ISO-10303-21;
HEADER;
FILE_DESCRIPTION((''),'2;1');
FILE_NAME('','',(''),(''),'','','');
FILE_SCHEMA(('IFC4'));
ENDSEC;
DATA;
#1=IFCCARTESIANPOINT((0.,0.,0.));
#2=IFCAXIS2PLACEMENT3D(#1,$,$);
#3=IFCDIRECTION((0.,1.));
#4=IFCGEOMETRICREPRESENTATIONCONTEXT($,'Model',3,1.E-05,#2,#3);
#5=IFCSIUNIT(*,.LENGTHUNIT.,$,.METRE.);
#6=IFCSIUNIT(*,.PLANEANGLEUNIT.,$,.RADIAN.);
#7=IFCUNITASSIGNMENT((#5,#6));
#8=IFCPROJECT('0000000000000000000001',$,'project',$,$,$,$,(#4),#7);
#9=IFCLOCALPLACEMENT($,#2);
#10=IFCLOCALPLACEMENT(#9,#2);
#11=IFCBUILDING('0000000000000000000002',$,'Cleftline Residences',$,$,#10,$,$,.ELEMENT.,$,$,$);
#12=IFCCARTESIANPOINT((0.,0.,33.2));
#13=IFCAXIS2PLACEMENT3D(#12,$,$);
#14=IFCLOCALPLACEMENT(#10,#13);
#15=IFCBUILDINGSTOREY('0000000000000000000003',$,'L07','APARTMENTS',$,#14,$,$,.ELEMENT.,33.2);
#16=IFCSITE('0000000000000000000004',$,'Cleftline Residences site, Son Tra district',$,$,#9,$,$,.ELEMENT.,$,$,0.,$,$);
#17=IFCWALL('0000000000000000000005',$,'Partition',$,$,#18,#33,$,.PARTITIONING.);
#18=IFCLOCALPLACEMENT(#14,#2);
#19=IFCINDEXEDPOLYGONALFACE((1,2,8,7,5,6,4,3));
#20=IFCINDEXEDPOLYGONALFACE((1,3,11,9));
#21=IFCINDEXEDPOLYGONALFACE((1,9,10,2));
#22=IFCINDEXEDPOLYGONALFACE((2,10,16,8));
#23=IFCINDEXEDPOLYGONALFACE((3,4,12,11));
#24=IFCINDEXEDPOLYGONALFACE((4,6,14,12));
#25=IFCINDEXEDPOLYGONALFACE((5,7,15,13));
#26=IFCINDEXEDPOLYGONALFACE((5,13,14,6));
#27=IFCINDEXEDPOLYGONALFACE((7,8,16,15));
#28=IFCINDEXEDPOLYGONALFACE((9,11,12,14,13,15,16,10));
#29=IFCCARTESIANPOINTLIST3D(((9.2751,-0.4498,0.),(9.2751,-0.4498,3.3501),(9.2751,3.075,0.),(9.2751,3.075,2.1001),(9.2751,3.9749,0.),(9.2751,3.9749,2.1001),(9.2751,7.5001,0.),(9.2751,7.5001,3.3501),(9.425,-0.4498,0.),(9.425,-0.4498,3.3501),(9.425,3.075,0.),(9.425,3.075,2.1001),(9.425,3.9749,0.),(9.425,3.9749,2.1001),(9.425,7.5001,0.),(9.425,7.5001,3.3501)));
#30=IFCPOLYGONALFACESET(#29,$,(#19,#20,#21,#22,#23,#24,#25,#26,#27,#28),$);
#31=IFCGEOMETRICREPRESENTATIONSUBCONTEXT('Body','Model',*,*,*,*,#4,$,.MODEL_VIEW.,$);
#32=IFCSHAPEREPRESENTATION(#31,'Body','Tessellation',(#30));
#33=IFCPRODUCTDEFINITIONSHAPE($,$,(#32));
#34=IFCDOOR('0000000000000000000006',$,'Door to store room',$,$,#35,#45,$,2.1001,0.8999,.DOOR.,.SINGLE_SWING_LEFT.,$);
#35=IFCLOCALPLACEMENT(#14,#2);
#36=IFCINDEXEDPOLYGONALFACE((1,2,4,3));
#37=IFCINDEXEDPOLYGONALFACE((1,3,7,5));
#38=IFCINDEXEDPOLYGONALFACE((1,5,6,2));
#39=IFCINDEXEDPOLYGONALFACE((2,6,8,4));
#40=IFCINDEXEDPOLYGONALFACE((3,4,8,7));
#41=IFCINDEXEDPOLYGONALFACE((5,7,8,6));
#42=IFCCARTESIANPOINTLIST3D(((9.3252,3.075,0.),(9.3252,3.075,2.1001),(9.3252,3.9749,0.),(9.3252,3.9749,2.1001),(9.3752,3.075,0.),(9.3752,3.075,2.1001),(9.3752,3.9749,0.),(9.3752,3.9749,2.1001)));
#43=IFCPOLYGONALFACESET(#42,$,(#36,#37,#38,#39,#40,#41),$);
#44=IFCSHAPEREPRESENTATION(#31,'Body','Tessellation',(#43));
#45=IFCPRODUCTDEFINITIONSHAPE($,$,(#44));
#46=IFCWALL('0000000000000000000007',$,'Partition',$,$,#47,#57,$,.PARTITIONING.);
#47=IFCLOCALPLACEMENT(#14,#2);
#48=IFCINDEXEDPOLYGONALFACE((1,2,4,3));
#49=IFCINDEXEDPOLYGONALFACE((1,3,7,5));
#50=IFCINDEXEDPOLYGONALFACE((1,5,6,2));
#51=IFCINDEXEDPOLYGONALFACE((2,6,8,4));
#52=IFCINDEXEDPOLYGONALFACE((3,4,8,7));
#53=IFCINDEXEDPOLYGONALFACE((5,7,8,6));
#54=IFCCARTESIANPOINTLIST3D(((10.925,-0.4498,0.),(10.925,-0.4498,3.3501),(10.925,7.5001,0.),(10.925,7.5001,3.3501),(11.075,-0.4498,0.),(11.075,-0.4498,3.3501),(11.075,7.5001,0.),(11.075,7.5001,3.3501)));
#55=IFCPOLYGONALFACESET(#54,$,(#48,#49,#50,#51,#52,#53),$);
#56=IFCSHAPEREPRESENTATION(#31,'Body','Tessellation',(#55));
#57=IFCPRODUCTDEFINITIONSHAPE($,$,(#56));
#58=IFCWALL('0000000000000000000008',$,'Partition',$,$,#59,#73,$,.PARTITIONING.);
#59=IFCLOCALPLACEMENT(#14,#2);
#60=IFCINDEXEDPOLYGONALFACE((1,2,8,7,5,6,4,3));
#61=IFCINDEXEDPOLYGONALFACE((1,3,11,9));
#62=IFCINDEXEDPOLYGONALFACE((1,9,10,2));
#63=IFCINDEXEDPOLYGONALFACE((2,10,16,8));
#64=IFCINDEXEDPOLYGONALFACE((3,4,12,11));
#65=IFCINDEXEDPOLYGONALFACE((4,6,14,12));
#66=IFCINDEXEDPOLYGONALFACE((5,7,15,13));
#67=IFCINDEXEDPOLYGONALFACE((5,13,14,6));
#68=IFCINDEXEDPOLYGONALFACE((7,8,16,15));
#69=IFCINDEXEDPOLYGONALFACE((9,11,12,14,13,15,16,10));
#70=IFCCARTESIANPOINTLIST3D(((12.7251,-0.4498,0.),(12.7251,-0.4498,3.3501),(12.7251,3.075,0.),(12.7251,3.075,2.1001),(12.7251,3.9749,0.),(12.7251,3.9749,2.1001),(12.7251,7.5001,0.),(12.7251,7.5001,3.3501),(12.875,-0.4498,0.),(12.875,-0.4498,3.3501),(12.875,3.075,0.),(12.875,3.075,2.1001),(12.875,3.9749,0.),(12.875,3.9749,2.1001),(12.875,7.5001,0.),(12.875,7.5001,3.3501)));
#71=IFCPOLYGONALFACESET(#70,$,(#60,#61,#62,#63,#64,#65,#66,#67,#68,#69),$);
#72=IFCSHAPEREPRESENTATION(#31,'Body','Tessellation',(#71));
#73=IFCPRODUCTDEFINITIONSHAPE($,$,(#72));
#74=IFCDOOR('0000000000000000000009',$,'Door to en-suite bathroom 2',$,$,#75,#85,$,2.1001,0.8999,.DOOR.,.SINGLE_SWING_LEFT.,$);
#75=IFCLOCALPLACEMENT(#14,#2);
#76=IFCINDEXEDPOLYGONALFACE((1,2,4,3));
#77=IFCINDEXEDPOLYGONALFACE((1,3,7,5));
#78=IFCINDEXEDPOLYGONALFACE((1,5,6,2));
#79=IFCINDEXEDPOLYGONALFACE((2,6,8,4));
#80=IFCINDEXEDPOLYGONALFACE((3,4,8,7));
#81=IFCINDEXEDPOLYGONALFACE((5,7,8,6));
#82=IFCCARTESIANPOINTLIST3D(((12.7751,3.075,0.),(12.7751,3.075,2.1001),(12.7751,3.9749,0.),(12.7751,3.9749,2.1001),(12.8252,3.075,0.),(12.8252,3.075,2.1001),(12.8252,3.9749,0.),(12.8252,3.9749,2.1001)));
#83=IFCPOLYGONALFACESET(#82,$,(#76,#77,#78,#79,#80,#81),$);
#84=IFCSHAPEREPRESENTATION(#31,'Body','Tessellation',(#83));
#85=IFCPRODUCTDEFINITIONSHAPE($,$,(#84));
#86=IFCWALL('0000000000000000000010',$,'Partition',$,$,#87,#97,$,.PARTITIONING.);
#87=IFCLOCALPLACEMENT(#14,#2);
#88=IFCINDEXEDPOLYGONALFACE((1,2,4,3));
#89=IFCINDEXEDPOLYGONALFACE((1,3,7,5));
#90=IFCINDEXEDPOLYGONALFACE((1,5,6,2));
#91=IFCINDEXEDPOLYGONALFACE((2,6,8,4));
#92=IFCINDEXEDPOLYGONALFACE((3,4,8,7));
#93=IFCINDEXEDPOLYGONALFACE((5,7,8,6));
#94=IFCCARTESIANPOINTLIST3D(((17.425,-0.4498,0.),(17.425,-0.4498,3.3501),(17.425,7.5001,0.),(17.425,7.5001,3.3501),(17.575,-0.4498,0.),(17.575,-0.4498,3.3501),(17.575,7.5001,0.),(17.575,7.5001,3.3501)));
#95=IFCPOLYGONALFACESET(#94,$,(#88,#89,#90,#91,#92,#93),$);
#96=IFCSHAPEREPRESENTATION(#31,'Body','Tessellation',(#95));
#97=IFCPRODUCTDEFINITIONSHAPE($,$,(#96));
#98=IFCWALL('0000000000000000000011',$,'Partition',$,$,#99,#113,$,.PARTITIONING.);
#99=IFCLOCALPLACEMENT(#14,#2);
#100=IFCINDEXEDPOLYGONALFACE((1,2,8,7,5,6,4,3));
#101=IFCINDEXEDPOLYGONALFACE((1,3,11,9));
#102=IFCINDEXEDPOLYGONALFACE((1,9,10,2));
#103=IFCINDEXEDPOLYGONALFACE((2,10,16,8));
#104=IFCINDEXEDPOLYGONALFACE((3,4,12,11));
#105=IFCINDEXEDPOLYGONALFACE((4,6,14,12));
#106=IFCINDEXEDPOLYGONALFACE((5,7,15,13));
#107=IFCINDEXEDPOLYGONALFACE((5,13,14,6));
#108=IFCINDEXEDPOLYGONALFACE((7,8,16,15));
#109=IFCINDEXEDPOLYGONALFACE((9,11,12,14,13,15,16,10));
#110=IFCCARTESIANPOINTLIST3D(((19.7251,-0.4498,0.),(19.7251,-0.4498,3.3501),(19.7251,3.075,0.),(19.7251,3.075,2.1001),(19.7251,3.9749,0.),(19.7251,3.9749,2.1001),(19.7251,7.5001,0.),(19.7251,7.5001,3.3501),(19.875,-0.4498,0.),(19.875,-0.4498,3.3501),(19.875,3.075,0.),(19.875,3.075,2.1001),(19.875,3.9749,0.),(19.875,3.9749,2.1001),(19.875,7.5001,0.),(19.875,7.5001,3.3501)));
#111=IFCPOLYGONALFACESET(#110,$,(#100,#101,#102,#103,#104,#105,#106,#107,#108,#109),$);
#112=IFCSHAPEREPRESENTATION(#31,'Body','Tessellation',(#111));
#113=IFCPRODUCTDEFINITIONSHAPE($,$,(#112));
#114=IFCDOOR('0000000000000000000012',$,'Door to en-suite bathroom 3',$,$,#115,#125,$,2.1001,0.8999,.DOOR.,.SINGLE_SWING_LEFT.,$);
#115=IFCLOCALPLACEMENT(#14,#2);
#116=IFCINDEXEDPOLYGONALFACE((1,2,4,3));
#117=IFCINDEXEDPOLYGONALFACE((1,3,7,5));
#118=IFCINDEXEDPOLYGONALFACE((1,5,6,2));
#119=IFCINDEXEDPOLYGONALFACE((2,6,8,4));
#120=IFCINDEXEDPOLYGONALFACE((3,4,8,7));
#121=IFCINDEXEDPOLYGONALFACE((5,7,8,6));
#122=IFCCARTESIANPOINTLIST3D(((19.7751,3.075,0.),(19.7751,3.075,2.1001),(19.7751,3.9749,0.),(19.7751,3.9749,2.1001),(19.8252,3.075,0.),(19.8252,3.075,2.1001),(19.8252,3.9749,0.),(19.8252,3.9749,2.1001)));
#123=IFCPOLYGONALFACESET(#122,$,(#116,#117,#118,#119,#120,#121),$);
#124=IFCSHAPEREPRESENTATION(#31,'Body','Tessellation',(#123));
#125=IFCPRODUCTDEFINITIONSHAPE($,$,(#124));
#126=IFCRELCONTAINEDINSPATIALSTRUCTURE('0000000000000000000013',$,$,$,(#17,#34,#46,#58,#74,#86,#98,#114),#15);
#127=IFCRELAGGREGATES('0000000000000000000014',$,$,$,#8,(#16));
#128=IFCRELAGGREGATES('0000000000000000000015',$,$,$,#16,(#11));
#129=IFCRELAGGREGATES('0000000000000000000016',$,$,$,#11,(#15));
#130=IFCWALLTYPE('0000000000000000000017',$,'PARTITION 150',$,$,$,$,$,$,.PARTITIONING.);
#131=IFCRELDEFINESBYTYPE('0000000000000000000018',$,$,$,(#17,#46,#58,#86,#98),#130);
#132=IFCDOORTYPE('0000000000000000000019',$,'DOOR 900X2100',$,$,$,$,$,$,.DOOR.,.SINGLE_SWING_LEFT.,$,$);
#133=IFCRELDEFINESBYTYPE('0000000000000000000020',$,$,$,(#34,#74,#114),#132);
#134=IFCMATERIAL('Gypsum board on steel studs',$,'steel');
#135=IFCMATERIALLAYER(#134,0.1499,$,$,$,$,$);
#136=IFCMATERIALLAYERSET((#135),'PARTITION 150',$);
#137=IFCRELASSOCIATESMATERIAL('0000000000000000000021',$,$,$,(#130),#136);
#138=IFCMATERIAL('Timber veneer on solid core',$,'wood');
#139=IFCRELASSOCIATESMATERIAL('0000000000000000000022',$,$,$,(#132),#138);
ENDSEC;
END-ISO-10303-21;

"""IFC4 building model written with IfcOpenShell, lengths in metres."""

from ifc_helpers import new_model, si_unit, direction, frame, frame_2d, origin, place, context, subcontext, project, spatial, rectangle, extrude, material, layer, layer_set, type_object, element, fill, save


model = new_model("IFC4")

# Units and contexts
model_context = context("Model", 3, precision=1e-05, world=origin(), true_north=direction((0.0, 1.0)))
body_context = subcontext(model_context, "Body", "Model", "MODEL_VIEW")
ifc_project = project(units=[si_unit("LENGTHUNIT", "METRE"), si_unit("PLANEANGLEUNIT", "RADIAN")], contexts=[model_context])

# Site, building, storey
site_placement = place(None, origin())
site = spatial("IfcSite", under=ifc_project, at=site_placement, Name="Cleftline Residences site, Son Tra district", CompositionType="ELEMENT", RefElevation=0.0)
building_placement = place(site_placement, origin())
building = spatial("IfcBuilding", under=site, at=building_placement, Name="Cleftline Residences", CompositionType="ELEMENT")
storey_placement = place(building_placement, frame((0.0, 0.0, 33.2)))
storey = spatial("IfcBuildingStorey", under=building, at=storey_placement, Name="L07", Description="APARTMENTS", CompositionType="ELEMENT", Elevation=33.2)

# Wall, opening, door
ifc_material_1 = material(Name="Gypsum board on steel studs", Category="steel")
ifc_layer_1 = layer(ifc_material_1, 0.1499)
ifc_layer_set_1 = layer_set([ifc_layer_1], Name="PARTITION 150")
wall_type = type_object("IfcWallType", Name="PARTITION 150", PredefinedType="PARTITIONING", material=ifc_layer_set_1)
wall_1_placement = place(storey_placement, frame((9.3501, -0.45, 0.0), z_axis=(0.0, 0.0, 1.0), x_axis=(0.0, 1.0, 0.0)))
wall_1 = element("IfcWall", 1, at=wall_1_placement, inside=storey, type_object=wall_type, Name="Partition", PredefinedType="PARTITIONING", context=body_context, shape_type="SweptSolid", body=[
    extrude(rectangle(XDim=7.95, YDim=0.1499, at=frame_2d((3.9751, 0.0))), origin(), (0.0, 0.0, 1.0), 3.3501),
])
opening_1_placement = place(wall_1_placement, frame((3.5249, 0.0, 0.0)))
opening_1 = element("IfcOpeningElement", 2, at=opening_1_placement, cuts=wall_1, PredefinedType="OPENING", context=body_context, shape_type="SweptSolid", body=[
    extrude(rectangle(XDim=0.8999, YDim=2.1001, at=frame_2d((0.45, 1.05))), frame((0.0, 0.085, 0.0), z_axis=(0.0, -1.0, 0.0), x_axis=(1.0, 0.0, 0.0)), (0.0, 0.0, 1.0), 0.1699),
])
ifc_material_2 = material(Name="Timber veneer on solid core", Category="wood")
door_type_1 = type_object("IfcDoorType", Name="DOOR 900X2100", OperationType="SINGLE_SWING_LEFT", PredefinedType="DOOR", material=ifc_material_2)
door_1_placement = place(opening_1_placement, origin())
door_1 = element("IfcDoor", 3, at=door_1_placement, inside=storey, type_object=door_type_1, Name="Door to store room", OperationType="SINGLE_SWING_LEFT", OverallHeight=2.1001, OverallWidth=0.8999, PredefinedType="DOOR", context=body_context, shape_type="SweptSolid", body=[
    extrude(rectangle(XDim=0.8999, YDim=2.1001, at=frame_2d((0.45, 1.05))), frame((0.0, 0.0249, 0.0), z_axis=(0.0, -1.0, 0.0), x_axis=(1.0, 0.0, 0.0)), (0.0, 0.0, 1.0), 0.05),
])
fill(opening_1, door_1)

# Wall
wall_2_placement = place(storey_placement, frame((11.0, -0.45, 0.0), z_axis=(0.0, 0.0, 1.0), x_axis=(0.0, 1.0, 0.0)))
element("IfcWall", 4, at=wall_2_placement, inside=storey, type_object=wall_type, Name="Partition", PredefinedType="PARTITIONING", context=body_context, shape_type="SweptSolid", body=[
    extrude(rectangle(XDim=7.95, YDim=0.1499, at=frame_2d((3.9751, 0.0))), origin(), (0.0, 0.0, 1.0), 3.3501),
])

# Wall, opening, door
wall_3_placement = place(storey_placement, frame((12.8, -0.45, 0.0), z_axis=(0.0, 0.0, 1.0), x_axis=(0.0, 1.0, 0.0)))
wall_3 = element("IfcWall", 5, at=wall_3_placement, inside=storey, type_object=wall_type, Name="Partition", PredefinedType="PARTITIONING", context=body_context, shape_type="SweptSolid", body=[
    extrude(rectangle(XDim=7.95, YDim=0.1499, at=frame_2d((3.9751, 0.0))), origin(), (0.0, 0.0, 1.0), 3.3501),
])
opening_2_placement = place(wall_3_placement, frame((3.5249, 0.0, 0.0)))
opening_2 = element("IfcOpeningElement", 6, at=opening_2_placement, cuts=wall_3, PredefinedType="OPENING", context=body_context, shape_type="SweptSolid", body=[
    extrude(rectangle(XDim=0.8999, YDim=2.1001, at=frame_2d((0.45, 1.05))), frame((0.0, 0.085, 0.0), z_axis=(0.0, -1.0, 0.0), x_axis=(1.0, 0.0, 0.0)), (0.0, 0.0, 1.0), 0.1699),
])
door_2_placement = place(opening_2_placement, origin())
door_2 = element("IfcDoor", 7, at=door_2_placement, inside=storey, type_object=door_type_1, Name="Door to en-suite bathroom 2", OperationType="SINGLE_SWING_LEFT", OverallHeight=2.1001, OverallWidth=0.8999, PredefinedType="DOOR", context=body_context, shape_type="SweptSolid", body=[
    extrude(rectangle(XDim=0.8999, YDim=2.1001, at=frame_2d((0.45, 1.05))), frame((0.0, 0.0249, 0.0), z_axis=(0.0, -1.0, 0.0), x_axis=(1.0, 0.0, 0.0)), (0.0, 0.0, 1.0), 0.05),
])
fill(opening_2, door_2)

# Wall
wall_4_placement = place(storey_placement, frame((17.5, -0.45, 0.0), z_axis=(0.0, 0.0, 1.0), x_axis=(0.0, 1.0, 0.0)))
element("IfcWall", 8, at=wall_4_placement, inside=storey, type_object=wall_type, Name="Partition", PredefinedType="PARTITIONING", context=body_context, shape_type="SweptSolid", body=[
    extrude(rectangle(XDim=7.95, YDim=0.1499, at=frame_2d((3.9751, 0.0))), origin(), (0.0, 0.0, 1.0), 3.3501),
])

# Wall, opening, door
wall_5_placement = place(storey_placement, frame((19.8, -0.45, 0.0), z_axis=(0.0, 0.0, 1.0), x_axis=(0.0, 1.0, 0.0)))
wall_5 = element("IfcWall", 9, at=wall_5_placement, inside=storey, type_object=wall_type, Name="Partition", PredefinedType="PARTITIONING", context=body_context, shape_type="SweptSolid", body=[
    extrude(rectangle(XDim=7.95, YDim=0.1499, at=frame_2d((3.9751, 0.0))), origin(), (0.0, 0.0, 1.0), 3.3501),
])
opening_3_placement = place(wall_5_placement, frame((3.5249, 0.0, 0.0)))
opening_3 = element("IfcOpeningElement", 10, at=opening_3_placement, cuts=wall_5, PredefinedType="OPENING", context=body_context, shape_type="SweptSolid", body=[
    extrude(rectangle(XDim=0.8999, YDim=2.1001, at=frame_2d((0.45, 1.05))), frame((0.0, 0.085, 0.0), z_axis=(0.0, -1.0, 0.0), x_axis=(1.0, 0.0, 0.0)), (0.0, 0.0, 1.0), 0.1699),
])
door_3_placement = place(opening_3_placement, origin())
door_3 = element("IfcDoor", 11, at=door_3_placement, inside=storey, type_object=door_type_1, Name="Door to en-suite bathroom 3", OperationType="SINGLE_SWING_LEFT", OverallHeight=2.1001, OverallWidth=0.8999, PredefinedType="DOOR", context=body_context, shape_type="SweptSolid", body=[
    extrude(rectangle(XDim=0.8999, YDim=2.1001, at=frame_2d((0.45, 1.05))), frame((0.0, 0.0249, 0.0), z_axis=(0.0, -1.0, 0.0), x_axis=(1.0, 0.0, 0.0)), (0.0, 0.0, 1.0), 0.05),
])
fill(opening_3, door_3)

save(model, "model.ifc")
